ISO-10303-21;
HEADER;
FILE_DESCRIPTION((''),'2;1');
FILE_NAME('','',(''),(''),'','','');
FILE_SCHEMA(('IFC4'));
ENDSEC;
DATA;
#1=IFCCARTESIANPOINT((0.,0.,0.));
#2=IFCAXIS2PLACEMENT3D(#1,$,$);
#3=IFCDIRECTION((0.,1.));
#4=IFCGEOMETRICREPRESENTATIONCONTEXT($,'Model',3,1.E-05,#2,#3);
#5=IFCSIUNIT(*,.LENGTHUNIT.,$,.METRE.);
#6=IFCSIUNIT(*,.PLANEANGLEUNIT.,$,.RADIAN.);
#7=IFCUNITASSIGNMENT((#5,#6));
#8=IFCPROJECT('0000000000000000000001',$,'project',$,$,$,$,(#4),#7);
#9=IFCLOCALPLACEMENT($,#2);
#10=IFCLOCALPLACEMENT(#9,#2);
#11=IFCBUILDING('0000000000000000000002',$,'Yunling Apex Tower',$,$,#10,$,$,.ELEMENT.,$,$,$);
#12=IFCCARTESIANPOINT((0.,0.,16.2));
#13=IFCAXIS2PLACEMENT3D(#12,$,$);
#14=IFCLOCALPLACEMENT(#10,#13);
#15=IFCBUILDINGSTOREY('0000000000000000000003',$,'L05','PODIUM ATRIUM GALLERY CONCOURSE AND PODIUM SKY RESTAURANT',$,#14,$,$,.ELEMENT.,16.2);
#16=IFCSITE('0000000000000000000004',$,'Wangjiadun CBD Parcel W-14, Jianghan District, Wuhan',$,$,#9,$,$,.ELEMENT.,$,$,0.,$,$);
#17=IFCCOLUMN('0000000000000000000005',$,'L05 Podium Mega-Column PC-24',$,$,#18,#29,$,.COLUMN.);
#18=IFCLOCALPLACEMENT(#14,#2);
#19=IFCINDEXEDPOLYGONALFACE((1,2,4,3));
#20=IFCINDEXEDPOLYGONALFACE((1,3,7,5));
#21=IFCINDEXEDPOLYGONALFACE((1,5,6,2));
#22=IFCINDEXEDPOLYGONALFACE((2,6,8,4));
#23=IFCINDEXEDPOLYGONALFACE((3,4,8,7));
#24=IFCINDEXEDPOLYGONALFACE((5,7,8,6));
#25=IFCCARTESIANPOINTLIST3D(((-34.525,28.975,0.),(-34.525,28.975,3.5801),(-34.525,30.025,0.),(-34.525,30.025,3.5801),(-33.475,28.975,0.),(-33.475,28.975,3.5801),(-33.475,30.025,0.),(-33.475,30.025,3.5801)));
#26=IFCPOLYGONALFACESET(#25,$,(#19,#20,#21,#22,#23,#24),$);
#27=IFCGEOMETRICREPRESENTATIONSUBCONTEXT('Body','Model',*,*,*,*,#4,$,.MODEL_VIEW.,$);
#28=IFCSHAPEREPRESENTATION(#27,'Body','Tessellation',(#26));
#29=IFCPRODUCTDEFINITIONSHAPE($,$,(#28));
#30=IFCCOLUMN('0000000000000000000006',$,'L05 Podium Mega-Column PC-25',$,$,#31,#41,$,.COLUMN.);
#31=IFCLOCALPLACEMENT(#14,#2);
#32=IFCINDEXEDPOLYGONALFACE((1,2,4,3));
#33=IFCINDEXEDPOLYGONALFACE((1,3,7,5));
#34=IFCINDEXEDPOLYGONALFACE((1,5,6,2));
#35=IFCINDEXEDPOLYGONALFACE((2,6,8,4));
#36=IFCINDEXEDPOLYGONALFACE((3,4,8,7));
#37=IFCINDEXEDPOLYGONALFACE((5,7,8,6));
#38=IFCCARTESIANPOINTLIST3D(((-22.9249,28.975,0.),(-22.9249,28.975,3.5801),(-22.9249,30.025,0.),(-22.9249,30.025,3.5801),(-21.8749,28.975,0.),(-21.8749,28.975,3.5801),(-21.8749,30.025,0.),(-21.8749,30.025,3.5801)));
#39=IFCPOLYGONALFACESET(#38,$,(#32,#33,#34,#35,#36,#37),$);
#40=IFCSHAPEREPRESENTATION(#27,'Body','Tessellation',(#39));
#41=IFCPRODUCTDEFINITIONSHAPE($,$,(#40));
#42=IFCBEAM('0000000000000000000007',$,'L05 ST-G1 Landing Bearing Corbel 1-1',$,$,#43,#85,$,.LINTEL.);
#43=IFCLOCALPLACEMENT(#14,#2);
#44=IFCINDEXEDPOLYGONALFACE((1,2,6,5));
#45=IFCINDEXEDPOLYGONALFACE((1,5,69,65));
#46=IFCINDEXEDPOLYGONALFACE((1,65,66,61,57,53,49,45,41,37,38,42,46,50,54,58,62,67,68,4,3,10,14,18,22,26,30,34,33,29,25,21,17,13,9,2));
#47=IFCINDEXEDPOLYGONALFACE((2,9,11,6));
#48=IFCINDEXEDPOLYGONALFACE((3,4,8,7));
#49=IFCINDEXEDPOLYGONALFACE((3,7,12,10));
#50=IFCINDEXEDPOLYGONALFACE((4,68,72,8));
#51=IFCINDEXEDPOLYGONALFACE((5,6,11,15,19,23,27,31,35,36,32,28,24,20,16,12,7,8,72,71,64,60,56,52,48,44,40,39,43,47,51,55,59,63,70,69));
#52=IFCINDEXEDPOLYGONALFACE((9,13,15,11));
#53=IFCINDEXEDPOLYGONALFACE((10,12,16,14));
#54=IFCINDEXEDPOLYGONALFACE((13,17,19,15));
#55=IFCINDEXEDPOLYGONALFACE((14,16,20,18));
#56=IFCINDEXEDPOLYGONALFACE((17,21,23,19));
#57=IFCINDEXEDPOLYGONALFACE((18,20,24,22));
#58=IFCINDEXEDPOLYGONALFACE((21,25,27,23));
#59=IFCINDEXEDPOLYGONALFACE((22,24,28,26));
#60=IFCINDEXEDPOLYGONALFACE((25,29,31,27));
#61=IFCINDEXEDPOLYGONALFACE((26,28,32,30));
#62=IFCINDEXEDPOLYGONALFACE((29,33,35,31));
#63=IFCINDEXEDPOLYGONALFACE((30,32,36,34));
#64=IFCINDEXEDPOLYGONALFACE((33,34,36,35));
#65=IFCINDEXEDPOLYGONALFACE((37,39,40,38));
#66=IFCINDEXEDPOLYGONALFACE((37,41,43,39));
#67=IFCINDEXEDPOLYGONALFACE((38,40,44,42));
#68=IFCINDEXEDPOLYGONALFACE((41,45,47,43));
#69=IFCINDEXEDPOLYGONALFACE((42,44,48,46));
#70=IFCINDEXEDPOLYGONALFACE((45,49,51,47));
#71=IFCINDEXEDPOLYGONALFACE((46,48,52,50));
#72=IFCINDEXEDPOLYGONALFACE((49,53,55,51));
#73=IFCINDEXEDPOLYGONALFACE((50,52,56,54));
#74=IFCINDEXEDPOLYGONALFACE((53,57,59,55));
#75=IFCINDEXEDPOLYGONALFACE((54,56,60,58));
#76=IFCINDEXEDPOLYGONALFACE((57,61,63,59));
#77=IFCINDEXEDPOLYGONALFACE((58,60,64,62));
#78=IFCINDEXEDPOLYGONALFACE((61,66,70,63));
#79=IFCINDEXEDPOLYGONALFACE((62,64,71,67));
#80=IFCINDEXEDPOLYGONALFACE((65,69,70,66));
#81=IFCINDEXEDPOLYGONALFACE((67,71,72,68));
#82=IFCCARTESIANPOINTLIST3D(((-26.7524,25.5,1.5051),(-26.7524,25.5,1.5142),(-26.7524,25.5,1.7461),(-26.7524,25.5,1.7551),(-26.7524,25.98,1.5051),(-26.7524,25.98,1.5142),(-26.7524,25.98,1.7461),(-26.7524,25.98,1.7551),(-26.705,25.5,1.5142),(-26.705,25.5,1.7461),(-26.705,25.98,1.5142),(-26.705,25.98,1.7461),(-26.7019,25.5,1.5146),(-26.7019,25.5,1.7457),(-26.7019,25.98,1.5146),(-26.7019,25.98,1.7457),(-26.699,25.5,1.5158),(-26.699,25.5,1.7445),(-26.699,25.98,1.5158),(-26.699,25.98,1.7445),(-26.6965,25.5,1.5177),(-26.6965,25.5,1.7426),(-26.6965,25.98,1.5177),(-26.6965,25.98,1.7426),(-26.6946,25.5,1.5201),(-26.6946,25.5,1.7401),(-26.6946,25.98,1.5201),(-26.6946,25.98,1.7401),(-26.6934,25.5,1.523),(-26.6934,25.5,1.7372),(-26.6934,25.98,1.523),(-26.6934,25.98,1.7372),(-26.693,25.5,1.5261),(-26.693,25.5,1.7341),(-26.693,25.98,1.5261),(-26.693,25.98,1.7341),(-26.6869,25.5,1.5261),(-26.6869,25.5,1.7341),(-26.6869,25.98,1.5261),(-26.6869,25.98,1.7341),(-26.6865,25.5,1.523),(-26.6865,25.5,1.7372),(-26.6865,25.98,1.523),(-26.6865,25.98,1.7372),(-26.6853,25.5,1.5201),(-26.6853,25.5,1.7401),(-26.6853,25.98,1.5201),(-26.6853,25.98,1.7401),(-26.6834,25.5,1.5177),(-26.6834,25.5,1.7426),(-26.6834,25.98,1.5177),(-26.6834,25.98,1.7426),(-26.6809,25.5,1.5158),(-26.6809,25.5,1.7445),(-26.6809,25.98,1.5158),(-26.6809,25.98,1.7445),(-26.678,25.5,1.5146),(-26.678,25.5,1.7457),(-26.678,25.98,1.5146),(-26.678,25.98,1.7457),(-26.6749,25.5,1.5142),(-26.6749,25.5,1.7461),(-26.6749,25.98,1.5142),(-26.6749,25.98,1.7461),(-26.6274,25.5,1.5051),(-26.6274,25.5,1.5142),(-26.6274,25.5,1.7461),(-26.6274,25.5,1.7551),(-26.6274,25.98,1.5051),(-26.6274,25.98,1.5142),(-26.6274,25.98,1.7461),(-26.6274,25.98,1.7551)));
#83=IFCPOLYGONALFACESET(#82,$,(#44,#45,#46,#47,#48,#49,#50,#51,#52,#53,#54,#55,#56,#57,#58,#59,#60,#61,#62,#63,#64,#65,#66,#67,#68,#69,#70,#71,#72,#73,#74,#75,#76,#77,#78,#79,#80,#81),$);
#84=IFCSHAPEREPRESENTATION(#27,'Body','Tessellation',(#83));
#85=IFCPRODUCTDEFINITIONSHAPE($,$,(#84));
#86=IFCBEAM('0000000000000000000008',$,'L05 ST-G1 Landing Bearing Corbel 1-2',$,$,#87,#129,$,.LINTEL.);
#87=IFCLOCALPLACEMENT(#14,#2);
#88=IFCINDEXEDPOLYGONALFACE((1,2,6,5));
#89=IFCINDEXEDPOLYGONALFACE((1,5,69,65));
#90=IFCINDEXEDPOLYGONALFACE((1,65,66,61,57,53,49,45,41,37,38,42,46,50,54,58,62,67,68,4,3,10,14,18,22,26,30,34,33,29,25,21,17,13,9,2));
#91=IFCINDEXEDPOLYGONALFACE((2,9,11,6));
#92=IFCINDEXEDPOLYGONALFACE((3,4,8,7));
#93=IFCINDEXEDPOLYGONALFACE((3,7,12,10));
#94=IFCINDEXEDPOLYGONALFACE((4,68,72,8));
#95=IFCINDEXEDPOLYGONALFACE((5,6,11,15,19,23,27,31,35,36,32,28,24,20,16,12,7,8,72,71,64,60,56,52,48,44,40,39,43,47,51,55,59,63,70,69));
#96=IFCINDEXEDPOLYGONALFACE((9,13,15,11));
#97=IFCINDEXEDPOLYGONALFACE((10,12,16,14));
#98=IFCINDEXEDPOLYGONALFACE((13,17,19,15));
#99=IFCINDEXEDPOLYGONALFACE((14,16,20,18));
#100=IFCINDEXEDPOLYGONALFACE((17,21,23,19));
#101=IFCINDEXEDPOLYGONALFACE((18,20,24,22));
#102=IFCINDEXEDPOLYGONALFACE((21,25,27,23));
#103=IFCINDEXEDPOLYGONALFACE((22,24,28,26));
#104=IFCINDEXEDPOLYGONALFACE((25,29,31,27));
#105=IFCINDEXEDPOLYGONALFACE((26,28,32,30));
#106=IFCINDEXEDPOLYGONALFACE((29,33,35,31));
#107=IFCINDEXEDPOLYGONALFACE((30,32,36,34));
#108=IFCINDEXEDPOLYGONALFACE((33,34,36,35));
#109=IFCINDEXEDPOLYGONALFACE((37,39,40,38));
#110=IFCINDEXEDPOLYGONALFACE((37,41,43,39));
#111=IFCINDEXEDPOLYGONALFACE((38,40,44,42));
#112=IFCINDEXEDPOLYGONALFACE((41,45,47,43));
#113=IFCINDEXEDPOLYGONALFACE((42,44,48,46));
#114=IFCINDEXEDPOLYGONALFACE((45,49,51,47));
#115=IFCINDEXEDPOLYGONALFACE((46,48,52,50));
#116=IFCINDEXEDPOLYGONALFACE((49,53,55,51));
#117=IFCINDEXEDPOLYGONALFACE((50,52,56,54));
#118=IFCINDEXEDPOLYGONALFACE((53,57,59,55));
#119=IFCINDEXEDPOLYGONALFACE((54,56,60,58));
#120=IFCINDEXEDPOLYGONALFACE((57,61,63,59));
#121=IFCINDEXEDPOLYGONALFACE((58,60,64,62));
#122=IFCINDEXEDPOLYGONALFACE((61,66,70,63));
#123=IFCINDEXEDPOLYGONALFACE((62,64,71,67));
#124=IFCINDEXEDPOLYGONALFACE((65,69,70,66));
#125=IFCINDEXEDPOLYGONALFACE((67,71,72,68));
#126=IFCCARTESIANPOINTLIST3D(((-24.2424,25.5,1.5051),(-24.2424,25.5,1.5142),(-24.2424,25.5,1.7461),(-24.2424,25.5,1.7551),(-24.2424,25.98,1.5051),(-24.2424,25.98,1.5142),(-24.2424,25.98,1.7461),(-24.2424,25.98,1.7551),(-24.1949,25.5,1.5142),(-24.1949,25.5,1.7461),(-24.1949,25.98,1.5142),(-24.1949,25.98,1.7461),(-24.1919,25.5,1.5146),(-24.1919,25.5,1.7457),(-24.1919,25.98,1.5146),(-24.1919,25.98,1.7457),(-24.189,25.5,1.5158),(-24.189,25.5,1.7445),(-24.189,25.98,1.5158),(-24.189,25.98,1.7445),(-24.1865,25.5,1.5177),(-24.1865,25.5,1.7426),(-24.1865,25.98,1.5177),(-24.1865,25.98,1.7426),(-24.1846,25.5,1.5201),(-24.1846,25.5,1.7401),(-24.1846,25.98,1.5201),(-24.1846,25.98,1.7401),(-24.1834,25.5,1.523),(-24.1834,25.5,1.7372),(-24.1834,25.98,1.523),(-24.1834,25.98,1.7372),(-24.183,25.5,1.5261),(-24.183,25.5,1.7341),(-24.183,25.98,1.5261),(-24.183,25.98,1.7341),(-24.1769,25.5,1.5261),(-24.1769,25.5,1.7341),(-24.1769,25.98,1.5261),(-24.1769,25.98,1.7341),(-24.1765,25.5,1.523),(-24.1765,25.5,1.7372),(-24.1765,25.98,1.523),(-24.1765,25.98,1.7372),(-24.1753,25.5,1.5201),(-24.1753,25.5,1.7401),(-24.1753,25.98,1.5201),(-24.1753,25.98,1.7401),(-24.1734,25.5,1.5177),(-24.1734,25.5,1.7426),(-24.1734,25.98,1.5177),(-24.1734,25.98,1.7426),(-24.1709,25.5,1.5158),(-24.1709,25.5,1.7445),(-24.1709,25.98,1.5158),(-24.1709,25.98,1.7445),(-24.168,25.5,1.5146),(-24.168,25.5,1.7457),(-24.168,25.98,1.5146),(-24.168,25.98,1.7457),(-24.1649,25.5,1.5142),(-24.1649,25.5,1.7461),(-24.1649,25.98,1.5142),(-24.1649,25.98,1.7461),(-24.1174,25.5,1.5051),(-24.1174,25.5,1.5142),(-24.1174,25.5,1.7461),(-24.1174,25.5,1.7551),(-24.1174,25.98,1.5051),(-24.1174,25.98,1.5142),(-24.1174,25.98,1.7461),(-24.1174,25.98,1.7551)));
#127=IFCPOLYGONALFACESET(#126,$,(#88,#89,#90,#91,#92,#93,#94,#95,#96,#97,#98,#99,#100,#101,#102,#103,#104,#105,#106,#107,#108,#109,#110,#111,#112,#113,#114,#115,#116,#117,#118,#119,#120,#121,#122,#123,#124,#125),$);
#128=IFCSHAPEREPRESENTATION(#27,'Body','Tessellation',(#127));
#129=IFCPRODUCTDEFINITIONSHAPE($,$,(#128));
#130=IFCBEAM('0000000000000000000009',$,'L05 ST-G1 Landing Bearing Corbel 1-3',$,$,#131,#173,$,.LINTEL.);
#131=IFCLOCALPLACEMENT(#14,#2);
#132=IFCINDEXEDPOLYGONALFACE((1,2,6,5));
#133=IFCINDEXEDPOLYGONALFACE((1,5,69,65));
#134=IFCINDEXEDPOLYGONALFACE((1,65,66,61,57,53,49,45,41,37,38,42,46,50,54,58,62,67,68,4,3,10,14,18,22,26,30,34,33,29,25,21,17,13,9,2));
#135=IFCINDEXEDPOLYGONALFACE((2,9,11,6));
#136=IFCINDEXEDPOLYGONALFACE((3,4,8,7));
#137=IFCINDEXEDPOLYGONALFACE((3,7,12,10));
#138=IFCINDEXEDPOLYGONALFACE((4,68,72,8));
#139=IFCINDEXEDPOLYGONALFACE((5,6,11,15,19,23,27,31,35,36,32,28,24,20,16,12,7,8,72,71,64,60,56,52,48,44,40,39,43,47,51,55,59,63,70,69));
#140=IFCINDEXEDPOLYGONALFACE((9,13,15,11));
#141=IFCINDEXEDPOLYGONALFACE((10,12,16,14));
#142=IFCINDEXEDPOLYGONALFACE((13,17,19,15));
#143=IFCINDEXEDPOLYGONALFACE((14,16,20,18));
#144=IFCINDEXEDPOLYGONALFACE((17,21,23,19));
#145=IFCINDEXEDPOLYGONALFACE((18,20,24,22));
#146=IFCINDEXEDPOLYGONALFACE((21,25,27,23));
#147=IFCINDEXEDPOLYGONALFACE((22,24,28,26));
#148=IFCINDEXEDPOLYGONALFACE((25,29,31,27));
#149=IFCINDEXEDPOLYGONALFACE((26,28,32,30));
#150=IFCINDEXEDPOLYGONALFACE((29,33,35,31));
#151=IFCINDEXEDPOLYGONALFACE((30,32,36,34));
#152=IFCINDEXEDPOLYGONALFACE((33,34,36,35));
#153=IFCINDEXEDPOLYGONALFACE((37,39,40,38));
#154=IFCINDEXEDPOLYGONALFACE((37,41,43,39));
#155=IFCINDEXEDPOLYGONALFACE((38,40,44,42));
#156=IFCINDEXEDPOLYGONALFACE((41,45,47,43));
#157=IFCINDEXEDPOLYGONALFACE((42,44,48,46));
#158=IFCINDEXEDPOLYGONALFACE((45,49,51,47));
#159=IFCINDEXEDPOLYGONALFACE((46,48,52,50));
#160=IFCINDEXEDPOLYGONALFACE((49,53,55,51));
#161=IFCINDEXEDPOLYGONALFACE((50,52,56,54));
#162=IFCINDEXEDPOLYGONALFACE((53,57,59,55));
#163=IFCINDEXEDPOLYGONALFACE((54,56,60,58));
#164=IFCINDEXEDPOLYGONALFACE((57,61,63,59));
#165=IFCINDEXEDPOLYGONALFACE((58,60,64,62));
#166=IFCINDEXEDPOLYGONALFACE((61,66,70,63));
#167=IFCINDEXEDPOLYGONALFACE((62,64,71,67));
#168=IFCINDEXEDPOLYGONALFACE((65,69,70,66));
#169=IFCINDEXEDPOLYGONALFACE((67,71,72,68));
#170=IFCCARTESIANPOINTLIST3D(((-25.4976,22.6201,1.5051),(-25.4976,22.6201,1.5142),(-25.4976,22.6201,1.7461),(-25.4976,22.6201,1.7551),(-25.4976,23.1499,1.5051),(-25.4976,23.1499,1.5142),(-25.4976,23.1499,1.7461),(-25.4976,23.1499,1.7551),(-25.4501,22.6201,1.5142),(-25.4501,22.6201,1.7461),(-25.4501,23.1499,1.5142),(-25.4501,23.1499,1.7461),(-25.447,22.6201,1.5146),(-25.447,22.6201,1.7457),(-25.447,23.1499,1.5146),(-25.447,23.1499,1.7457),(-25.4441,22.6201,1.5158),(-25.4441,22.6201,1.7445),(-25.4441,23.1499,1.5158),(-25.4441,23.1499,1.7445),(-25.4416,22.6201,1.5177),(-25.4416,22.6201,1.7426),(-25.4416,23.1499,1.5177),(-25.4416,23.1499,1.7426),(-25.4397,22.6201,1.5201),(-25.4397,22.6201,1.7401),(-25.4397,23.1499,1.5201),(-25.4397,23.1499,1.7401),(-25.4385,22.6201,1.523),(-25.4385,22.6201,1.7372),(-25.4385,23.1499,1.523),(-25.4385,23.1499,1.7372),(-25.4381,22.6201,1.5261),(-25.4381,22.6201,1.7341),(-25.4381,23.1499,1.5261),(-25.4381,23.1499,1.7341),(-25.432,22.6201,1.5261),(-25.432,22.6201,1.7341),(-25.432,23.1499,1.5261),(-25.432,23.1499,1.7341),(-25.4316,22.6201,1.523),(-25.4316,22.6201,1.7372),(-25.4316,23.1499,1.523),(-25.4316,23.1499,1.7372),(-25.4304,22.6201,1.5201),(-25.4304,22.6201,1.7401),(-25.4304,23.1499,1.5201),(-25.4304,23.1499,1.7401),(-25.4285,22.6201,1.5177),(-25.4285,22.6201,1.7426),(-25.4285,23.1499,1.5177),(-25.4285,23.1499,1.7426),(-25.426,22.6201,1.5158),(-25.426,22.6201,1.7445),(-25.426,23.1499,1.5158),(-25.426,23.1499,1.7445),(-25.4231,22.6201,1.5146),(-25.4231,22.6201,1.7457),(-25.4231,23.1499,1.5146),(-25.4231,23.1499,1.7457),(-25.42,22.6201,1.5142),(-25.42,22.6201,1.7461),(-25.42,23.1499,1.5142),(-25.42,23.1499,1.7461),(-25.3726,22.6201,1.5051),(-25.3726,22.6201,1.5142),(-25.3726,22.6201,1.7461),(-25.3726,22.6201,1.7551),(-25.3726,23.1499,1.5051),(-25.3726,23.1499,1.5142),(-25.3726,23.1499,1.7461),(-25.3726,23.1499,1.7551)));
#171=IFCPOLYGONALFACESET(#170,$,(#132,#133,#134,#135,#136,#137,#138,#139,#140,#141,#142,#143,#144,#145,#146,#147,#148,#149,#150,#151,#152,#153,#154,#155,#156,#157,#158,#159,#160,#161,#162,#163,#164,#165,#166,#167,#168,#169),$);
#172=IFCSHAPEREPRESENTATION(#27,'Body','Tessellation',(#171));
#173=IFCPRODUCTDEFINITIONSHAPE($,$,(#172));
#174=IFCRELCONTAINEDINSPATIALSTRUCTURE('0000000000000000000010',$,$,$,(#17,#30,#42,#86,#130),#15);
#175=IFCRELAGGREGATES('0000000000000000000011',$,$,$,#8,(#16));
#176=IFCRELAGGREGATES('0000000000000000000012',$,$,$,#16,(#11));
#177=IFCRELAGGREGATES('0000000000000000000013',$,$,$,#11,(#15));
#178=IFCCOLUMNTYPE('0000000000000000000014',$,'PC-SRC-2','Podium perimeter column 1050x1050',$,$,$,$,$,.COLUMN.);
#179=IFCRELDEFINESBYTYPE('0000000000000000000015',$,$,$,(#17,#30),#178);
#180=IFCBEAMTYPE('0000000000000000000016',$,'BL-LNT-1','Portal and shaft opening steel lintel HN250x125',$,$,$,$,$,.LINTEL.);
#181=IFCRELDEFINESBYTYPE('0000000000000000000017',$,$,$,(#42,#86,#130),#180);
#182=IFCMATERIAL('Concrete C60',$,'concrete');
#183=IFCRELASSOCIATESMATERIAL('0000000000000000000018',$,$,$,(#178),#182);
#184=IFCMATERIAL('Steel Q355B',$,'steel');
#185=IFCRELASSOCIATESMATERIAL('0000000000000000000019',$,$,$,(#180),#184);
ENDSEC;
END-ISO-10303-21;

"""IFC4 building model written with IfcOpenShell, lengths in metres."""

from ifc_helpers import new_model, si_unit, direction, frame, origin, origin_2d, place, context, subcontext, project, spatial, rectangle, i_section, extrude, source, transform, mapped, material, material_profile, profile_set, type_object, element, save


model = new_model("IFC4")

# Units and contexts
model_context = context("Model", 3, precision=1e-05, world=origin(), true_north=direction((0.0, 1.0)))
body_context = subcontext(model_context, "Body", "Model", "MODEL_VIEW")
ifc_project = project(units=[si_unit("LENGTHUNIT", "METRE"), si_unit("PLANEANGLEUNIT", "RADIAN")], contexts=[model_context])

# Site, building, storey
site_placement = place(None, origin())
site = spatial("IfcSite", under=ifc_project, at=site_placement, Name="Wangjiadun CBD Parcel W-14, Jianghan District, Wuhan", CompositionType="ELEMENT", RefElevation=0.0)
building_placement = place(site_placement, origin())
building = spatial("IfcBuilding", under=site, at=building_placement, Name="Yunling Apex Tower", CompositionType="ELEMENT")
storey_placement = place(building_placement, frame((0.0, 0.0, 16.2)))
storey = spatial("IfcBuildingStorey", under=building, at=storey_placement, Name="L05", Description="PODIUM ATRIUM GALLERY CONCOURSE AND PODIUM SKY RESTAURANT", CompositionType="ELEMENT", Elevation=16.2)

# Columns
ifc_material_1 = material(Name="Concrete C60", Category="concrete")
ifc_material_profile_1 = material_profile(ifc_material_1, rectangle(XDim=1.05, YDim=1.05, at=origin_2d()))
ifc_profile_set_1 = profile_set([ifc_material_profile_1], Name="Concrete C60")
column_type = type_object("IfcColumnType", Name="PC-SRC-2", Description="Podium perimeter column 1050x1050", PredefinedType="COLUMN", material=ifc_profile_set_1)
shared_shape_1 = source(origin(), body_context, "Body", "SweptSolid", [
    extrude(rectangle(XDim=1.05, YDim=1.05, at=origin_2d()), origin(), (0.0, 0.0, 1.0), 3.5801),
])
for number, where, z_axis, x_axis, name in (
    (1, (-34.0, 29.5, 0.0), (0.0, 0.0, 1.0), (1.0, 0.0, 0.0), "L05 Podium Mega-Column PC-24"),
    (2, (-22.3999, 29.5, 0.0), (0.0, 0.0, 1.0), (1.0, 0.0, 0.0), "L05 Podium Mega-Column PC-25"),
):
    element("IfcColumn", number, at=place(storey_placement, frame(where, z_axis=z_axis, x_axis=x_axis)), inside=storey, type_object=column_type, Name=name, PredefinedType="COLUMN", context=body_context, shape_type="MappedRepresentation", body=[
        mapped(shared_shape_1, transform((0.0, 0.0, 0.0), scale=1.0)),
    ])

# Beams
ifc_material_2 = material(Name="Steel Q355B", Category="steel")
ifc_material_profile_2 = material_profile(ifc_material_2, i_section(OverallWidth=0.125, OverallDepth=0.25, WebThickness=0.0061, FlangeThickness=0.009, FilletRadius=0.012, at=origin_2d()))
ifc_profile_set_2 = profile_set([ifc_material_profile_2], Name="Steel Q355B")
beam_type_1 = type_object("IfcBeamType", Name="BL-LNT-1", Description="Portal and shaft opening steel lintel HN250x125", PredefinedType="LINTEL", material=ifc_profile_set_2)
shared_shape_2 = source(origin(), body_context, "Body", "SweptSolid", [
    extrude(i_section(OverallWidth=0.125, OverallDepth=0.25, WebThickness=0.0061, FlangeThickness=0.009, FilletRadius=0.012, at=origin_2d()), origin(), (0.0, 0.0, 1.0), 0.48),
])
for number, where, z_axis, x_axis, name in (
    (3, (-26.6899, 25.98, 1.6301), (0.0, -1.0, 0.0), (1.0, 0.0, 0.0), "L05 ST-G1 Landing Bearing Corbel 1-1"),
    (4, (-24.1799, 25.98, 1.6301), (0.0, -1.0, 0.0), (1.0, 0.0, 0.0), "L05 ST-G1 Landing Bearing Corbel 1-2"),
):
    element("IfcBeam", number, at=place(storey_placement, frame(where, z_axis=z_axis, x_axis=x_axis)), inside=storey, type_object=beam_type_1, Name=name, PredefinedType="LINTEL", context=body_context, shape_type="MappedRepresentation", body=[
        mapped(shared_shape_2, transform((0.0, 0.0, 0.0), scale=1.0)),
    ])
shared_shape_3 = source(origin(), body_context, "Body", "SweptSolid", [
    extrude(i_section(OverallWidth=0.125, OverallDepth=0.25, WebThickness=0.0061, FlangeThickness=0.009, FilletRadius=0.012, at=origin_2d()), origin(), (0.0, 0.0, 1.0), 0.5298),
])
beam_1_placement = place(storey_placement, frame((-25.4351, 22.6201, 1.6301), z_axis=(0.0, 1.0, 0.0), x_axis=(-1.0, 0.0, 0.0)))
element("IfcBeam", 5, at=beam_1_placement, inside=storey, type_object=beam_type_1, Name="L05 ST-G1 Landing Bearing Corbel 1-3", PredefinedType="LINTEL", context=body_context, shape_type="MappedRepresentation", body=[
    mapped(shared_shape_3, transform((0.0, 0.0, 0.0), scale=1.0)),
])

save(model, "model.ifc")
